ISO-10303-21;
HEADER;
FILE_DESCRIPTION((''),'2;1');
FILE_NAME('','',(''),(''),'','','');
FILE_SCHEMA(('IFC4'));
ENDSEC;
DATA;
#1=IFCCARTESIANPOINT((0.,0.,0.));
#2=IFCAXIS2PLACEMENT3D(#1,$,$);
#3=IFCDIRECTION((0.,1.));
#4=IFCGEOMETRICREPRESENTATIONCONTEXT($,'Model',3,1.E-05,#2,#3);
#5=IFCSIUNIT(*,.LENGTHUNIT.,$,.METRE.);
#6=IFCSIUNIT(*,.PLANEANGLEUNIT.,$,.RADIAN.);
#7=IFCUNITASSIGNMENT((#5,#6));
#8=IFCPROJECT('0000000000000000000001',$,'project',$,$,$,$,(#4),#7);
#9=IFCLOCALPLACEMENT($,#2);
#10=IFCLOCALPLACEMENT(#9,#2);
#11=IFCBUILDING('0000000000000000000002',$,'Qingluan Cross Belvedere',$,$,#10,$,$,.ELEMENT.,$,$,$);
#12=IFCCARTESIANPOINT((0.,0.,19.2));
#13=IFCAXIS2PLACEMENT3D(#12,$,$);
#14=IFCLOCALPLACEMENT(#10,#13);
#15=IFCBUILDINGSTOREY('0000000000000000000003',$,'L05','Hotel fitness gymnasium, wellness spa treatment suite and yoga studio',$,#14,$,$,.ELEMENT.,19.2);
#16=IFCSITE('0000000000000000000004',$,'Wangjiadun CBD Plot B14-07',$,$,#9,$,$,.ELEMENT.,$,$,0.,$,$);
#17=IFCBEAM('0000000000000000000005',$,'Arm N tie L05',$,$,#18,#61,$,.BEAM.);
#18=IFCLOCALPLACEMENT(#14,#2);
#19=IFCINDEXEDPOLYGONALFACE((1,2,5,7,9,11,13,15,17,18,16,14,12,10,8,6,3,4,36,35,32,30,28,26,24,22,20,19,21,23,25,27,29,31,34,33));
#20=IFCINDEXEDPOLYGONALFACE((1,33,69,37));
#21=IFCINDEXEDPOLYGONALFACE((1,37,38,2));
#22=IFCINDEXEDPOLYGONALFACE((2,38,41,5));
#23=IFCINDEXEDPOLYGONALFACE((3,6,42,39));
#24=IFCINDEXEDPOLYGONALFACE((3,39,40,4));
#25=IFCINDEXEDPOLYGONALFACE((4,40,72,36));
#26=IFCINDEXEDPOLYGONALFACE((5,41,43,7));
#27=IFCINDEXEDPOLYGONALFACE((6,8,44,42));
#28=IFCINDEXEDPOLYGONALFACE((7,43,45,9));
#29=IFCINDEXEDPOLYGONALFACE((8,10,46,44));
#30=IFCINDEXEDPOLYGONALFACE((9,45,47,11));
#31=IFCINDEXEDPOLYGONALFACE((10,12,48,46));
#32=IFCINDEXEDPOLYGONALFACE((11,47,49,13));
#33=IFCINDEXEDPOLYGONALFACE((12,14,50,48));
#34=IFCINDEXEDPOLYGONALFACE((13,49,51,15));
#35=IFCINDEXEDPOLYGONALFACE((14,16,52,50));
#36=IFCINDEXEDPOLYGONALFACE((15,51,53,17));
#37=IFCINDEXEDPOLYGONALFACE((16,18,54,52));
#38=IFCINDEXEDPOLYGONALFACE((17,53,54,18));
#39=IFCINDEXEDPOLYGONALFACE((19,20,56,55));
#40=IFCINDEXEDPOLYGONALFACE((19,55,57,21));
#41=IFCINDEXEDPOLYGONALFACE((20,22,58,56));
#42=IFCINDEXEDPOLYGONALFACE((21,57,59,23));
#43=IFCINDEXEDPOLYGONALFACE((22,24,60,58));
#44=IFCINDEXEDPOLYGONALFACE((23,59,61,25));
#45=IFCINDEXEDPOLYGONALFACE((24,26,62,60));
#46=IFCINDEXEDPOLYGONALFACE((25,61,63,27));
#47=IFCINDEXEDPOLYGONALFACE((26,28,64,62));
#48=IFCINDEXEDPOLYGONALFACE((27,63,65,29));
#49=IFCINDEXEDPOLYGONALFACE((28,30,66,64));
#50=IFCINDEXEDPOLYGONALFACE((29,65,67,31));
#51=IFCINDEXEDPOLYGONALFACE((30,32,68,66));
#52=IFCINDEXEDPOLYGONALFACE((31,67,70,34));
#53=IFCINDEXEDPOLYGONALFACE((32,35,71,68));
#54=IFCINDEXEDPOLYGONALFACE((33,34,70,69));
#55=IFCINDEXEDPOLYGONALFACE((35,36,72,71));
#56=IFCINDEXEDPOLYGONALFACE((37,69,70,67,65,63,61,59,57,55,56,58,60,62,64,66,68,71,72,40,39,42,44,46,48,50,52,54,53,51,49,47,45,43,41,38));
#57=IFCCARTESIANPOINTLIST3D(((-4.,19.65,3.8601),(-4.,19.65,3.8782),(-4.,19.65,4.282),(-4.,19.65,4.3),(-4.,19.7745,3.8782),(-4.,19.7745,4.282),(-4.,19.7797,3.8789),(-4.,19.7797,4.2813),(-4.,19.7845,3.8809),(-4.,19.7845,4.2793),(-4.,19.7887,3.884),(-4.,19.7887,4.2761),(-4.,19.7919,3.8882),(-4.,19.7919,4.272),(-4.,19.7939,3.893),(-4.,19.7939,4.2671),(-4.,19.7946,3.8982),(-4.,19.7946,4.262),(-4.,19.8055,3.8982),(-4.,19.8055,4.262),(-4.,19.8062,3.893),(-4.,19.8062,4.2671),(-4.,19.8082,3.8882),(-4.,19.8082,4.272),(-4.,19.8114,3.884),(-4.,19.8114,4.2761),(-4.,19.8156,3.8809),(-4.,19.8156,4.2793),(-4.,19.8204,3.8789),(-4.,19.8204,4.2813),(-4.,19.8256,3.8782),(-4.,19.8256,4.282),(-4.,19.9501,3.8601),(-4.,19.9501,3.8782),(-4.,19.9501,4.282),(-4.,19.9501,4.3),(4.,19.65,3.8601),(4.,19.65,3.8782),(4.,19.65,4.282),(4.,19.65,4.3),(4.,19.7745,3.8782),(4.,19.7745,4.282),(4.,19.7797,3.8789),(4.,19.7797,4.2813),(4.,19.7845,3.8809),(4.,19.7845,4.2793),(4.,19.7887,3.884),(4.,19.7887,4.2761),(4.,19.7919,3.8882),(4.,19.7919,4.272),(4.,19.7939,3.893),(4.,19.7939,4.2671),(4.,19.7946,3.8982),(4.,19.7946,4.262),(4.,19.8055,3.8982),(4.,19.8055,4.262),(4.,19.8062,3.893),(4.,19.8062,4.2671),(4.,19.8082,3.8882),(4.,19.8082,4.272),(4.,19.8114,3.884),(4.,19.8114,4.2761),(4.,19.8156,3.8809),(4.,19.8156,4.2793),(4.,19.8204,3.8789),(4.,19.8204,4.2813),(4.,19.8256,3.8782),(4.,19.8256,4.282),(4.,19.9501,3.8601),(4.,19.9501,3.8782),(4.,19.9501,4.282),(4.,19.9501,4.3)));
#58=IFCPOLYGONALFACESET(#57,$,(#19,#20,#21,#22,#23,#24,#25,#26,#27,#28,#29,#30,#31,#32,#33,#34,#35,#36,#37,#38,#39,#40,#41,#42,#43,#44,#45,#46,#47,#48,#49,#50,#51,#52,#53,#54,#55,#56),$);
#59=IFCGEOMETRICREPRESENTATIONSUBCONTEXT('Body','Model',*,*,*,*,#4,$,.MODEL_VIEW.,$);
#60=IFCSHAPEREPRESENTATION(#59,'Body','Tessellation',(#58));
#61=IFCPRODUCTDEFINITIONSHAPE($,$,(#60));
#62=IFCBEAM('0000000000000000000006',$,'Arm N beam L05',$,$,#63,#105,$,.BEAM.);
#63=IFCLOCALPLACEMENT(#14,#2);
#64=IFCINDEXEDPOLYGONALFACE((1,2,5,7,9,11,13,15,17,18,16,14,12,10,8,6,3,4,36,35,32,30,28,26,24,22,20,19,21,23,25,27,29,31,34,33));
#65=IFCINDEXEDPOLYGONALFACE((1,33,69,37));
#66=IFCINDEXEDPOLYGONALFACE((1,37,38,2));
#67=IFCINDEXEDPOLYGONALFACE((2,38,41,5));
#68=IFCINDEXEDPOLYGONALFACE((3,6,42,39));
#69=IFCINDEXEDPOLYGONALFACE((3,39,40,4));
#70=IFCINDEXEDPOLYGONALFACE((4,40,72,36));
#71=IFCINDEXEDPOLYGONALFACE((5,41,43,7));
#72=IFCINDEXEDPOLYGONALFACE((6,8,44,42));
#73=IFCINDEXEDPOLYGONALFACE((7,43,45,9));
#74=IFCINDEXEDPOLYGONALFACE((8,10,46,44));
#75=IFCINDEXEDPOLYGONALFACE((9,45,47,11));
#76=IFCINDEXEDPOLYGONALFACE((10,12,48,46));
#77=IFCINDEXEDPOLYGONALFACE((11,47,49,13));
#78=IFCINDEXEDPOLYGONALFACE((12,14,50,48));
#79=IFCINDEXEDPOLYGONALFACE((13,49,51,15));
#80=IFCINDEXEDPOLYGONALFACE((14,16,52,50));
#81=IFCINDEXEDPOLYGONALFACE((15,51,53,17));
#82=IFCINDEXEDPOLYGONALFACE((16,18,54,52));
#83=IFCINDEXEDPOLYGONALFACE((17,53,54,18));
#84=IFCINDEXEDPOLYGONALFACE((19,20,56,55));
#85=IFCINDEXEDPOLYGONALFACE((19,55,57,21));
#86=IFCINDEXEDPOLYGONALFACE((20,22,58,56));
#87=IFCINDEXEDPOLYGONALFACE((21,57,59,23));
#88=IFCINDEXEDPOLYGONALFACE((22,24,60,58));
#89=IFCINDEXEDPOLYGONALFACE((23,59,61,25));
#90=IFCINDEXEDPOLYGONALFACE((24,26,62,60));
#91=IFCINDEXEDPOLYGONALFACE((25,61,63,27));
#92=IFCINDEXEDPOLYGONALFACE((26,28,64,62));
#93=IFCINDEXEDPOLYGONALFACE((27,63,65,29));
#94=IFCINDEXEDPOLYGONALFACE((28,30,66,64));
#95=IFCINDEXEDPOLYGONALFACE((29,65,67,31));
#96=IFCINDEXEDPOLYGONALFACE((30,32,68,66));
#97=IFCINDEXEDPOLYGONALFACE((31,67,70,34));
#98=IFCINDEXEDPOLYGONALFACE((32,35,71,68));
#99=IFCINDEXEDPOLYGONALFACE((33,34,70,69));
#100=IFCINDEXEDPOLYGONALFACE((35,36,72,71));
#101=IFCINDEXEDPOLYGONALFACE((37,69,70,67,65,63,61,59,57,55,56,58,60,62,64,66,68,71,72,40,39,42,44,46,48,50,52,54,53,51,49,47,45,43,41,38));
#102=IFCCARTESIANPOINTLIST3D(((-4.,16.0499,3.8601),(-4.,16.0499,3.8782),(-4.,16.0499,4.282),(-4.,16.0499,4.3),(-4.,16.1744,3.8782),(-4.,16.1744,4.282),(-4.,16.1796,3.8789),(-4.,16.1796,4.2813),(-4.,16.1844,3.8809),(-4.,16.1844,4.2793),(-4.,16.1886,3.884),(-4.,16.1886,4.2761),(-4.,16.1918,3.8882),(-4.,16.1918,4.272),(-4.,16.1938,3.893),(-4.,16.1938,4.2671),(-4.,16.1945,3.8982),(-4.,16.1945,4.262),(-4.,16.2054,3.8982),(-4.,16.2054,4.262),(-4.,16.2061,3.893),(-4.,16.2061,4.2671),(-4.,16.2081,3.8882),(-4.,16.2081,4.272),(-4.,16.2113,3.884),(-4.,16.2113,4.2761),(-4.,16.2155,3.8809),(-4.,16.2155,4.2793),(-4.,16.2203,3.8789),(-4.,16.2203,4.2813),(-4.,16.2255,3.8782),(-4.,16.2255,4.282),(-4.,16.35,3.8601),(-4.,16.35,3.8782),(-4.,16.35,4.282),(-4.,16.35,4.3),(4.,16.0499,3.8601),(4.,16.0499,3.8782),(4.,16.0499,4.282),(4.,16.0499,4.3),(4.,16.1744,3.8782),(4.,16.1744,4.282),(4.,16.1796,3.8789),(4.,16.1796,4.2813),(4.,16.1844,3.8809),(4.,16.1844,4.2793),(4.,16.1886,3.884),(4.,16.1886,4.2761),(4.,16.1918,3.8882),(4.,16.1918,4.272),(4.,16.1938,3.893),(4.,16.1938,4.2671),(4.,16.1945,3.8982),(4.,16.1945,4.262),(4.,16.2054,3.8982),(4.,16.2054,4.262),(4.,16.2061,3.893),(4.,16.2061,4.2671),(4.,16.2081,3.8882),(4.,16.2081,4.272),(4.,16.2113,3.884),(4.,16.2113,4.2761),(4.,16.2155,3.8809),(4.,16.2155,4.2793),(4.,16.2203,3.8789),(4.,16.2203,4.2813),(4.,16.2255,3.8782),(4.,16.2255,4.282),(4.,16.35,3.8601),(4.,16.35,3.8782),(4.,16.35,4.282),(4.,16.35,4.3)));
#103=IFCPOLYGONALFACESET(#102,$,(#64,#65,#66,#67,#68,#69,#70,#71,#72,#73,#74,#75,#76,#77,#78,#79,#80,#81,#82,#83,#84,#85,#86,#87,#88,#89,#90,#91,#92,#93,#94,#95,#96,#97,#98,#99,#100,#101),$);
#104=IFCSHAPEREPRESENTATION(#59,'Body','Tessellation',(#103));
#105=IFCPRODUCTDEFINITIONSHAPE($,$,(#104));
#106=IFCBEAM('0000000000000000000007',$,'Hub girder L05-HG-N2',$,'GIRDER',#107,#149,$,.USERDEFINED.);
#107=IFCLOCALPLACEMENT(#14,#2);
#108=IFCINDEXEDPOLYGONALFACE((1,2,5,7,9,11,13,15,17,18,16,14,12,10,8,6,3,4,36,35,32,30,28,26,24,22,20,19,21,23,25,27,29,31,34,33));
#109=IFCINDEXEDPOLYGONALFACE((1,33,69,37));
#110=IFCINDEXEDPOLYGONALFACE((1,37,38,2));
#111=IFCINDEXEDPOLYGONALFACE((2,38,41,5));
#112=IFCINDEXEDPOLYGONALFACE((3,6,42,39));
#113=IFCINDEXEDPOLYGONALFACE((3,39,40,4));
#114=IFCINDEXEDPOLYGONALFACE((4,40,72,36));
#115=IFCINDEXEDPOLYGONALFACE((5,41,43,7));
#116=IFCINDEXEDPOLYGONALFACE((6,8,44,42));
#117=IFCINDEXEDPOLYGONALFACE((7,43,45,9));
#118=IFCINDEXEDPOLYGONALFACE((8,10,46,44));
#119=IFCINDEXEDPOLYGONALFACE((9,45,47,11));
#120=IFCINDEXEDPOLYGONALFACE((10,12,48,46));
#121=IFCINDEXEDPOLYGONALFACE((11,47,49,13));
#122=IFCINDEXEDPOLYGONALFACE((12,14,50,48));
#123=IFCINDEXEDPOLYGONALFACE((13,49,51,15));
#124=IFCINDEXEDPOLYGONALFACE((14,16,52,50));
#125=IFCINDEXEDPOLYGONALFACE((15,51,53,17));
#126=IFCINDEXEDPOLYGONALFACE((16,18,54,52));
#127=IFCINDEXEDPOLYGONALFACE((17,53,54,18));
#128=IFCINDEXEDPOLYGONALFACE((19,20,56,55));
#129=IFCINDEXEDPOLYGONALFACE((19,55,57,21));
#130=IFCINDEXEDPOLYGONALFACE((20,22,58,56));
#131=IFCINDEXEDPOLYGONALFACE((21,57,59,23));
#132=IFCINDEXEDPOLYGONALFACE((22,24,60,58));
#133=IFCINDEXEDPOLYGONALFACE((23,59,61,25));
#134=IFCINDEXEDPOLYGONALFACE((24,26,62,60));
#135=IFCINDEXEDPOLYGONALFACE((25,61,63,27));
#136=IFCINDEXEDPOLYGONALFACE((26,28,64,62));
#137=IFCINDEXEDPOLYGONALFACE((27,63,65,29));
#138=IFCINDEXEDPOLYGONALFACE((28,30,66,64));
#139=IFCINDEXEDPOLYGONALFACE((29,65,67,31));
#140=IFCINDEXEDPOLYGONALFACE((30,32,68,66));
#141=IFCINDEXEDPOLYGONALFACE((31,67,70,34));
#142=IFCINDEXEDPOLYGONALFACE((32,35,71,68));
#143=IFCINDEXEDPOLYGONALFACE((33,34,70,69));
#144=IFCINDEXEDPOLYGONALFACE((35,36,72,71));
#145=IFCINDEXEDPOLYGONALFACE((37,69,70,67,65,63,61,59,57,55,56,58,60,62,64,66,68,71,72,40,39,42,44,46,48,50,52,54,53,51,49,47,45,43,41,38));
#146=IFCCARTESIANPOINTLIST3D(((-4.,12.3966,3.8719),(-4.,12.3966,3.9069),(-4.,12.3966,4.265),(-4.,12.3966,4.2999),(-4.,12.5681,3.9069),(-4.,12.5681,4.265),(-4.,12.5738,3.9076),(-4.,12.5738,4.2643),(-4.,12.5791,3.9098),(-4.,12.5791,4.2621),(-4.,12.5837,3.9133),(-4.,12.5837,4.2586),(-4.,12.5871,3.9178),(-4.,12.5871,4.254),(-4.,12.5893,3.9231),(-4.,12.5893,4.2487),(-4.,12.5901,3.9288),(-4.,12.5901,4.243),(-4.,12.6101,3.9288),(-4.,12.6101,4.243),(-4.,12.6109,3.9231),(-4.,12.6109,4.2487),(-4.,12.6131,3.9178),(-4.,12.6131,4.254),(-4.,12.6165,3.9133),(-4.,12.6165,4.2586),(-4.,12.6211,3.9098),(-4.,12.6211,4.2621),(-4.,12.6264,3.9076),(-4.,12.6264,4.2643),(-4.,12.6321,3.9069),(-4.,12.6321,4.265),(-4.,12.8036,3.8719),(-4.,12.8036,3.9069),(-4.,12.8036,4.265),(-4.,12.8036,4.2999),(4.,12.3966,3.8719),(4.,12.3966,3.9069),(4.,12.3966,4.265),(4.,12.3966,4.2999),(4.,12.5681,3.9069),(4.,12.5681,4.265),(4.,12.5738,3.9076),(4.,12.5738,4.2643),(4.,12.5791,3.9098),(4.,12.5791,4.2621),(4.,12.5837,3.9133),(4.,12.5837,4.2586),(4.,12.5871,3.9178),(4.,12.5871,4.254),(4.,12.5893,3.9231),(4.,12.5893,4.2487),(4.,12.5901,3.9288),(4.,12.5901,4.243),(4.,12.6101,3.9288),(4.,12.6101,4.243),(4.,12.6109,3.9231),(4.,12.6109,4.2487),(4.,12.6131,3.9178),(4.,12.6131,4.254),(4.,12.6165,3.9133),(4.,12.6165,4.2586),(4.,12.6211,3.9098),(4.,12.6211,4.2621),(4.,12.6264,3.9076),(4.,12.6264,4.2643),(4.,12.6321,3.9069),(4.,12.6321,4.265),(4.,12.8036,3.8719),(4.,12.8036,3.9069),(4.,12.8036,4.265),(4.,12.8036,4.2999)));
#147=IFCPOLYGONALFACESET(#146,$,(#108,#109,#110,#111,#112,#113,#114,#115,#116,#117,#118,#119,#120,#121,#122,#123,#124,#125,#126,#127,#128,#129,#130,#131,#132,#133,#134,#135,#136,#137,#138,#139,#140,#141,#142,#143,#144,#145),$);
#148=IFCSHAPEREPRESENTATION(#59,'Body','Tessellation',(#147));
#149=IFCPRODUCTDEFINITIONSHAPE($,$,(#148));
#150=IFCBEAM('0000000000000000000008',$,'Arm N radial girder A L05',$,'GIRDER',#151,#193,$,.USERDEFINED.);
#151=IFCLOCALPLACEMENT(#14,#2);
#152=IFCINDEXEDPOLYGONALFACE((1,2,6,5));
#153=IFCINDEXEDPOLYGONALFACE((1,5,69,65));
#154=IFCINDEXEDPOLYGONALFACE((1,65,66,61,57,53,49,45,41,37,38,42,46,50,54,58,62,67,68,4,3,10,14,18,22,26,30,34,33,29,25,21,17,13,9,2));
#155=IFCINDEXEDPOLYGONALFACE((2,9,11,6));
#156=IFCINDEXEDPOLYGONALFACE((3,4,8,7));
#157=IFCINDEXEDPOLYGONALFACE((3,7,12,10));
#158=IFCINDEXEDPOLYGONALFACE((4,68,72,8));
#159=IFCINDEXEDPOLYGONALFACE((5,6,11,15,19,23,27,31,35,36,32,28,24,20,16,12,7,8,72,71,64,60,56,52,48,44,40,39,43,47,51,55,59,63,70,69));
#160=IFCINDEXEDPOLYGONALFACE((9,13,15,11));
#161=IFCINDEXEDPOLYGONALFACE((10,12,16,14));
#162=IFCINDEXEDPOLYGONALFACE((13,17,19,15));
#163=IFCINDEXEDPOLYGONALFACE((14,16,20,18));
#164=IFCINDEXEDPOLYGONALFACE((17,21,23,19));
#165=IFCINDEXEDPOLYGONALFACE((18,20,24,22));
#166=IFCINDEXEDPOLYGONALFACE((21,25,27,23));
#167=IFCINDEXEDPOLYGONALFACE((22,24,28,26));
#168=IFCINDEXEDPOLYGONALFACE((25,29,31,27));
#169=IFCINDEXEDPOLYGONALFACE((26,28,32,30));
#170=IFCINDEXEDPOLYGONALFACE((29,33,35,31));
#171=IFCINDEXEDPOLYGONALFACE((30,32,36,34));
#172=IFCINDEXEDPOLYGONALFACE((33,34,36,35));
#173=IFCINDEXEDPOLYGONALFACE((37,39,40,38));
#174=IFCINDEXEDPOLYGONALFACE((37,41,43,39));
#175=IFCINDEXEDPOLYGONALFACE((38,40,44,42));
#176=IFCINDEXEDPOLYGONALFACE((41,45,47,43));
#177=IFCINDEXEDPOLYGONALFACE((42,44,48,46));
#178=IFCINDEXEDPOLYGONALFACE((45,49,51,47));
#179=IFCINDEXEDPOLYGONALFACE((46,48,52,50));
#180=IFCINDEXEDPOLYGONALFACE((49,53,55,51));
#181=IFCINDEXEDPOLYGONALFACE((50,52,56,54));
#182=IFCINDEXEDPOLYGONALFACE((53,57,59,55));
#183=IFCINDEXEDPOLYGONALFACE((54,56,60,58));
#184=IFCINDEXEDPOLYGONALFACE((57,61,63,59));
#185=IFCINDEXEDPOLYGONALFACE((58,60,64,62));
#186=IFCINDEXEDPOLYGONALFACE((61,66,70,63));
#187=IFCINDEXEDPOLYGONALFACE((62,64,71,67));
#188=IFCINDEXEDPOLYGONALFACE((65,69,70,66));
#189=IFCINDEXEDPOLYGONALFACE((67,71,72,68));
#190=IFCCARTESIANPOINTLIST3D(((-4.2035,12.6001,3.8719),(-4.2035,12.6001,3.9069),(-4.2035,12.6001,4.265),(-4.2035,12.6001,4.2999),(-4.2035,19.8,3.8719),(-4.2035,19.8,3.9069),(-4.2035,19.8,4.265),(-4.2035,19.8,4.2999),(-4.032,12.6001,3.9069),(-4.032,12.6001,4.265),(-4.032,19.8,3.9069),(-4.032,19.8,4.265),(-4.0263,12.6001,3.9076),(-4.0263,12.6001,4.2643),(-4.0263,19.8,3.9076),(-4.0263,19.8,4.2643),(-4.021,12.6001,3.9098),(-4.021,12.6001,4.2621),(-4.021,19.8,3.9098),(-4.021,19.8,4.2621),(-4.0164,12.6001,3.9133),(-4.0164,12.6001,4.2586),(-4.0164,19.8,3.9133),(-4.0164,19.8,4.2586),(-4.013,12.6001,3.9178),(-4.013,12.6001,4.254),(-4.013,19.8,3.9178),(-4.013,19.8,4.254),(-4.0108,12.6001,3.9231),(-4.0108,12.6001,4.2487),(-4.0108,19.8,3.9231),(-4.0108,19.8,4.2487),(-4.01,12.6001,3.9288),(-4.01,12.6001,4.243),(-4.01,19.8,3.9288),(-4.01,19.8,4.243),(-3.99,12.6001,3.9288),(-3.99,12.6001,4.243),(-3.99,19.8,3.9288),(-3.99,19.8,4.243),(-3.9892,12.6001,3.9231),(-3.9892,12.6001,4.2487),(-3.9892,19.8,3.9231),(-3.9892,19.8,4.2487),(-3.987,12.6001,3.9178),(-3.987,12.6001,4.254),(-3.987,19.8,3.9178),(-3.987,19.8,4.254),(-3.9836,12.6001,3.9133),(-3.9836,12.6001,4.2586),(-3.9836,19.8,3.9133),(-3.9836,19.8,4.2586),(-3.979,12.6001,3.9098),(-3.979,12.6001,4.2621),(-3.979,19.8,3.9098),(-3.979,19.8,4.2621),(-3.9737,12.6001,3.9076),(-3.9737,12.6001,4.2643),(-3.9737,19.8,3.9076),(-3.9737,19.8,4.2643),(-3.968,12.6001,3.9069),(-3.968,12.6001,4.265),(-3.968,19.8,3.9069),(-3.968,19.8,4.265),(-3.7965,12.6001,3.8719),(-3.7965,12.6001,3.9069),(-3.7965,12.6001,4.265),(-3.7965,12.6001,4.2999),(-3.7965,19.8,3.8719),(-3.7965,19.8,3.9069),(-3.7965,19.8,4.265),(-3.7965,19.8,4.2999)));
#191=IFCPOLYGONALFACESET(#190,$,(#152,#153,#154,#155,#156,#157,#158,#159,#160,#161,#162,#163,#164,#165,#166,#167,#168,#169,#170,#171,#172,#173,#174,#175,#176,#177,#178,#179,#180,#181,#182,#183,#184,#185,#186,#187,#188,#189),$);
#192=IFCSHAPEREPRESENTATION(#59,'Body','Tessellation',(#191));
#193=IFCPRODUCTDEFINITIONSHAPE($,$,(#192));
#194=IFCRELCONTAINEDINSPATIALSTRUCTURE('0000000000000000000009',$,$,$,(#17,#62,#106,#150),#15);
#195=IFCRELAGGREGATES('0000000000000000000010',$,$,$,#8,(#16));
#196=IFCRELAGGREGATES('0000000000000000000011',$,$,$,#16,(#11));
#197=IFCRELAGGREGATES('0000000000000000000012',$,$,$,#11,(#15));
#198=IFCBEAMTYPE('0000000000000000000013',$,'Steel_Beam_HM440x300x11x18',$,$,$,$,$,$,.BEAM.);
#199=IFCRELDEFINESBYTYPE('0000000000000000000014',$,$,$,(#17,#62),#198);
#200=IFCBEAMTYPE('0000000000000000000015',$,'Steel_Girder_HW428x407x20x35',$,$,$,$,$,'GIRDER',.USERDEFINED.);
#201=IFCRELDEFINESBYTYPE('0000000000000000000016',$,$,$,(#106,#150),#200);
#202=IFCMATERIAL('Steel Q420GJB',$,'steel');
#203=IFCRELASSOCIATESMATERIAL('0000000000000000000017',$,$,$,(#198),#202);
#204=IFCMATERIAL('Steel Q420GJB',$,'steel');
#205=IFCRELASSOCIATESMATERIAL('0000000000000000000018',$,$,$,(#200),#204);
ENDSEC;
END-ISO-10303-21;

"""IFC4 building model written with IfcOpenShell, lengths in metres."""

from ifc_helpers import new_model, si_unit, direction, frame, origin, origin_2d, place, context, subcontext, project, spatial, i_section, extrude, material, material_profile, profile_set, type_object, element, save


model = new_model("IFC4")

# Units and contexts
model_context = context("Model", 3, precision=1e-05, world=origin(), true_north=direction((0.0, 1.0)))
body_context = subcontext(model_context, "Body", "Model", "MODEL_VIEW")
ifc_project = project(units=[si_unit("LENGTHUNIT", "METRE"), si_unit("PLANEANGLEUNIT", "RADIAN")], contexts=[model_context])

# Site, building, storey
site_placement = place(None, origin())
site = spatial("IfcSite", under=ifc_project, at=site_placement, Name="Wangjiadun CBD Plot B14-07", CompositionType="ELEMENT", RefElevation=0.0)
building_placement = place(site_placement, origin())
building = spatial("IfcBuilding", under=site, at=building_placement, Name="Qingluan Cross Belvedere", CompositionType="ELEMENT")
storey_placement = place(building_placement, frame((0.0, 0.0, 19.2)))
storey = spatial("IfcBuildingStorey", under=building, at=storey_placement, Name="L05", Description="Hotel fitness gymnasium, wellness spa treatment suite and yoga studio", CompositionType="ELEMENT", Elevation=19.2)

# Beams
ifc_material_1 = material(Name="Steel Q420GJB", Category="steel")
ifc_material_profile_1 = material_profile(ifc_material_1, i_section(OverallWidth=0.3, OverallDepth=0.4399, WebThickness=0.011, FlangeThickness=0.0181, FilletRadius=0.02, at=origin_2d()), Name="HM440x300x11x18")
ifc_profile_set_1 = profile_set([ifc_material_profile_1], Name="Steel Q420GJB")
beam_type_1 = type_object("IfcBeamType", Name="Steel_Beam_HM440x300x11x18", PredefinedType="BEAM", material=ifc_profile_set_1)
for number, where, z_axis, x_axis, name in (
    (1, (-4.0, 19.8, 4.0801), (1.0, 0.0, 0.0), (0.0, 1.0, 0.0), "Arm N tie L05"),
    (2, (-4.0, 16.2, 4.0801), (1.0, 0.0, 0.0), (0.0, 1.0, 0.0), "Arm N beam L05"),
):
    element("IfcBeam", number, at=place(storey_placement, frame(where, z_axis=z_axis, x_axis=x_axis)), inside=storey, type_object=beam_type_1, Name=name, PredefinedType="BEAM", context=body_context, shape_type="SweptSolid", body=[
        extrude(i_section(OverallWidth=0.3, OverallDepth=0.4399, WebThickness=0.011, FlangeThickness=0.0181, FilletRadius=0.02, at=origin_2d()), origin(), (0.0, 0.0, 1.0), 8.0),
    ])
ifc_material_2 = material(Name="Steel Q420GJB", Category="steel")
ifc_material_profile_2 = material_profile(ifc_material_2, i_section(OverallWidth=0.407, OverallDepth=0.428, WebThickness=0.02, FlangeThickness=0.0349, FilletRadius=0.022, at=origin_2d()), Name="HW428x407x20x35")
ifc_profile_set_2 = profile_set([ifc_material_profile_2], Name="Steel Q420GJB")
beam_type_2 = type_object("IfcBeamType", Name="Steel_Girder_HW428x407x20x35", ElementType="GIRDER", PredefinedType="USERDEFINED", material=ifc_profile_set_2)
beam_1_placement = place(storey_placement, frame((-4.0, 12.6001, 4.0859), z_axis=(1.0, 0.0, 0.0), x_axis=(0.0, 1.0, 0.0)))
element("IfcBeam", 3, at=beam_1_placement, inside=storey, type_object=beam_type_2, Name="Hub girder L05-HG-N2", ObjectType="GIRDER", PredefinedType="USERDEFINED", context=body_context, shape_type="SweptSolid", body=[
    extrude(i_section(OverallWidth=0.407, OverallDepth=0.428, WebThickness=0.02, FlangeThickness=0.0349, FilletRadius=0.022, at=origin_2d()), origin(), (0.0, 0.0, 1.0), 8.0),
])
beam_2_placement = place(storey_placement, frame((-4.0, 12.6001, 4.0859), z_axis=(0.0, 1.0, 0.0), x_axis=(-1.0, 0.0, 0.0)))
element("IfcBeam", 4, at=beam_2_placement, inside=storey, type_object=beam_type_2, Name="Arm N radial girder A L05", ObjectType="GIRDER", PredefinedType="USERDEFINED", context=body_context, shape_type="SweptSolid", body=[
    extrude(i_section(OverallWidth=0.407, OverallDepth=0.428, WebThickness=0.02, FlangeThickness=0.0349, FilletRadius=0.022, at=origin_2d()), origin(), (0.0, 0.0, 1.0), 7.2),
])

save(model, "model.ifc")
